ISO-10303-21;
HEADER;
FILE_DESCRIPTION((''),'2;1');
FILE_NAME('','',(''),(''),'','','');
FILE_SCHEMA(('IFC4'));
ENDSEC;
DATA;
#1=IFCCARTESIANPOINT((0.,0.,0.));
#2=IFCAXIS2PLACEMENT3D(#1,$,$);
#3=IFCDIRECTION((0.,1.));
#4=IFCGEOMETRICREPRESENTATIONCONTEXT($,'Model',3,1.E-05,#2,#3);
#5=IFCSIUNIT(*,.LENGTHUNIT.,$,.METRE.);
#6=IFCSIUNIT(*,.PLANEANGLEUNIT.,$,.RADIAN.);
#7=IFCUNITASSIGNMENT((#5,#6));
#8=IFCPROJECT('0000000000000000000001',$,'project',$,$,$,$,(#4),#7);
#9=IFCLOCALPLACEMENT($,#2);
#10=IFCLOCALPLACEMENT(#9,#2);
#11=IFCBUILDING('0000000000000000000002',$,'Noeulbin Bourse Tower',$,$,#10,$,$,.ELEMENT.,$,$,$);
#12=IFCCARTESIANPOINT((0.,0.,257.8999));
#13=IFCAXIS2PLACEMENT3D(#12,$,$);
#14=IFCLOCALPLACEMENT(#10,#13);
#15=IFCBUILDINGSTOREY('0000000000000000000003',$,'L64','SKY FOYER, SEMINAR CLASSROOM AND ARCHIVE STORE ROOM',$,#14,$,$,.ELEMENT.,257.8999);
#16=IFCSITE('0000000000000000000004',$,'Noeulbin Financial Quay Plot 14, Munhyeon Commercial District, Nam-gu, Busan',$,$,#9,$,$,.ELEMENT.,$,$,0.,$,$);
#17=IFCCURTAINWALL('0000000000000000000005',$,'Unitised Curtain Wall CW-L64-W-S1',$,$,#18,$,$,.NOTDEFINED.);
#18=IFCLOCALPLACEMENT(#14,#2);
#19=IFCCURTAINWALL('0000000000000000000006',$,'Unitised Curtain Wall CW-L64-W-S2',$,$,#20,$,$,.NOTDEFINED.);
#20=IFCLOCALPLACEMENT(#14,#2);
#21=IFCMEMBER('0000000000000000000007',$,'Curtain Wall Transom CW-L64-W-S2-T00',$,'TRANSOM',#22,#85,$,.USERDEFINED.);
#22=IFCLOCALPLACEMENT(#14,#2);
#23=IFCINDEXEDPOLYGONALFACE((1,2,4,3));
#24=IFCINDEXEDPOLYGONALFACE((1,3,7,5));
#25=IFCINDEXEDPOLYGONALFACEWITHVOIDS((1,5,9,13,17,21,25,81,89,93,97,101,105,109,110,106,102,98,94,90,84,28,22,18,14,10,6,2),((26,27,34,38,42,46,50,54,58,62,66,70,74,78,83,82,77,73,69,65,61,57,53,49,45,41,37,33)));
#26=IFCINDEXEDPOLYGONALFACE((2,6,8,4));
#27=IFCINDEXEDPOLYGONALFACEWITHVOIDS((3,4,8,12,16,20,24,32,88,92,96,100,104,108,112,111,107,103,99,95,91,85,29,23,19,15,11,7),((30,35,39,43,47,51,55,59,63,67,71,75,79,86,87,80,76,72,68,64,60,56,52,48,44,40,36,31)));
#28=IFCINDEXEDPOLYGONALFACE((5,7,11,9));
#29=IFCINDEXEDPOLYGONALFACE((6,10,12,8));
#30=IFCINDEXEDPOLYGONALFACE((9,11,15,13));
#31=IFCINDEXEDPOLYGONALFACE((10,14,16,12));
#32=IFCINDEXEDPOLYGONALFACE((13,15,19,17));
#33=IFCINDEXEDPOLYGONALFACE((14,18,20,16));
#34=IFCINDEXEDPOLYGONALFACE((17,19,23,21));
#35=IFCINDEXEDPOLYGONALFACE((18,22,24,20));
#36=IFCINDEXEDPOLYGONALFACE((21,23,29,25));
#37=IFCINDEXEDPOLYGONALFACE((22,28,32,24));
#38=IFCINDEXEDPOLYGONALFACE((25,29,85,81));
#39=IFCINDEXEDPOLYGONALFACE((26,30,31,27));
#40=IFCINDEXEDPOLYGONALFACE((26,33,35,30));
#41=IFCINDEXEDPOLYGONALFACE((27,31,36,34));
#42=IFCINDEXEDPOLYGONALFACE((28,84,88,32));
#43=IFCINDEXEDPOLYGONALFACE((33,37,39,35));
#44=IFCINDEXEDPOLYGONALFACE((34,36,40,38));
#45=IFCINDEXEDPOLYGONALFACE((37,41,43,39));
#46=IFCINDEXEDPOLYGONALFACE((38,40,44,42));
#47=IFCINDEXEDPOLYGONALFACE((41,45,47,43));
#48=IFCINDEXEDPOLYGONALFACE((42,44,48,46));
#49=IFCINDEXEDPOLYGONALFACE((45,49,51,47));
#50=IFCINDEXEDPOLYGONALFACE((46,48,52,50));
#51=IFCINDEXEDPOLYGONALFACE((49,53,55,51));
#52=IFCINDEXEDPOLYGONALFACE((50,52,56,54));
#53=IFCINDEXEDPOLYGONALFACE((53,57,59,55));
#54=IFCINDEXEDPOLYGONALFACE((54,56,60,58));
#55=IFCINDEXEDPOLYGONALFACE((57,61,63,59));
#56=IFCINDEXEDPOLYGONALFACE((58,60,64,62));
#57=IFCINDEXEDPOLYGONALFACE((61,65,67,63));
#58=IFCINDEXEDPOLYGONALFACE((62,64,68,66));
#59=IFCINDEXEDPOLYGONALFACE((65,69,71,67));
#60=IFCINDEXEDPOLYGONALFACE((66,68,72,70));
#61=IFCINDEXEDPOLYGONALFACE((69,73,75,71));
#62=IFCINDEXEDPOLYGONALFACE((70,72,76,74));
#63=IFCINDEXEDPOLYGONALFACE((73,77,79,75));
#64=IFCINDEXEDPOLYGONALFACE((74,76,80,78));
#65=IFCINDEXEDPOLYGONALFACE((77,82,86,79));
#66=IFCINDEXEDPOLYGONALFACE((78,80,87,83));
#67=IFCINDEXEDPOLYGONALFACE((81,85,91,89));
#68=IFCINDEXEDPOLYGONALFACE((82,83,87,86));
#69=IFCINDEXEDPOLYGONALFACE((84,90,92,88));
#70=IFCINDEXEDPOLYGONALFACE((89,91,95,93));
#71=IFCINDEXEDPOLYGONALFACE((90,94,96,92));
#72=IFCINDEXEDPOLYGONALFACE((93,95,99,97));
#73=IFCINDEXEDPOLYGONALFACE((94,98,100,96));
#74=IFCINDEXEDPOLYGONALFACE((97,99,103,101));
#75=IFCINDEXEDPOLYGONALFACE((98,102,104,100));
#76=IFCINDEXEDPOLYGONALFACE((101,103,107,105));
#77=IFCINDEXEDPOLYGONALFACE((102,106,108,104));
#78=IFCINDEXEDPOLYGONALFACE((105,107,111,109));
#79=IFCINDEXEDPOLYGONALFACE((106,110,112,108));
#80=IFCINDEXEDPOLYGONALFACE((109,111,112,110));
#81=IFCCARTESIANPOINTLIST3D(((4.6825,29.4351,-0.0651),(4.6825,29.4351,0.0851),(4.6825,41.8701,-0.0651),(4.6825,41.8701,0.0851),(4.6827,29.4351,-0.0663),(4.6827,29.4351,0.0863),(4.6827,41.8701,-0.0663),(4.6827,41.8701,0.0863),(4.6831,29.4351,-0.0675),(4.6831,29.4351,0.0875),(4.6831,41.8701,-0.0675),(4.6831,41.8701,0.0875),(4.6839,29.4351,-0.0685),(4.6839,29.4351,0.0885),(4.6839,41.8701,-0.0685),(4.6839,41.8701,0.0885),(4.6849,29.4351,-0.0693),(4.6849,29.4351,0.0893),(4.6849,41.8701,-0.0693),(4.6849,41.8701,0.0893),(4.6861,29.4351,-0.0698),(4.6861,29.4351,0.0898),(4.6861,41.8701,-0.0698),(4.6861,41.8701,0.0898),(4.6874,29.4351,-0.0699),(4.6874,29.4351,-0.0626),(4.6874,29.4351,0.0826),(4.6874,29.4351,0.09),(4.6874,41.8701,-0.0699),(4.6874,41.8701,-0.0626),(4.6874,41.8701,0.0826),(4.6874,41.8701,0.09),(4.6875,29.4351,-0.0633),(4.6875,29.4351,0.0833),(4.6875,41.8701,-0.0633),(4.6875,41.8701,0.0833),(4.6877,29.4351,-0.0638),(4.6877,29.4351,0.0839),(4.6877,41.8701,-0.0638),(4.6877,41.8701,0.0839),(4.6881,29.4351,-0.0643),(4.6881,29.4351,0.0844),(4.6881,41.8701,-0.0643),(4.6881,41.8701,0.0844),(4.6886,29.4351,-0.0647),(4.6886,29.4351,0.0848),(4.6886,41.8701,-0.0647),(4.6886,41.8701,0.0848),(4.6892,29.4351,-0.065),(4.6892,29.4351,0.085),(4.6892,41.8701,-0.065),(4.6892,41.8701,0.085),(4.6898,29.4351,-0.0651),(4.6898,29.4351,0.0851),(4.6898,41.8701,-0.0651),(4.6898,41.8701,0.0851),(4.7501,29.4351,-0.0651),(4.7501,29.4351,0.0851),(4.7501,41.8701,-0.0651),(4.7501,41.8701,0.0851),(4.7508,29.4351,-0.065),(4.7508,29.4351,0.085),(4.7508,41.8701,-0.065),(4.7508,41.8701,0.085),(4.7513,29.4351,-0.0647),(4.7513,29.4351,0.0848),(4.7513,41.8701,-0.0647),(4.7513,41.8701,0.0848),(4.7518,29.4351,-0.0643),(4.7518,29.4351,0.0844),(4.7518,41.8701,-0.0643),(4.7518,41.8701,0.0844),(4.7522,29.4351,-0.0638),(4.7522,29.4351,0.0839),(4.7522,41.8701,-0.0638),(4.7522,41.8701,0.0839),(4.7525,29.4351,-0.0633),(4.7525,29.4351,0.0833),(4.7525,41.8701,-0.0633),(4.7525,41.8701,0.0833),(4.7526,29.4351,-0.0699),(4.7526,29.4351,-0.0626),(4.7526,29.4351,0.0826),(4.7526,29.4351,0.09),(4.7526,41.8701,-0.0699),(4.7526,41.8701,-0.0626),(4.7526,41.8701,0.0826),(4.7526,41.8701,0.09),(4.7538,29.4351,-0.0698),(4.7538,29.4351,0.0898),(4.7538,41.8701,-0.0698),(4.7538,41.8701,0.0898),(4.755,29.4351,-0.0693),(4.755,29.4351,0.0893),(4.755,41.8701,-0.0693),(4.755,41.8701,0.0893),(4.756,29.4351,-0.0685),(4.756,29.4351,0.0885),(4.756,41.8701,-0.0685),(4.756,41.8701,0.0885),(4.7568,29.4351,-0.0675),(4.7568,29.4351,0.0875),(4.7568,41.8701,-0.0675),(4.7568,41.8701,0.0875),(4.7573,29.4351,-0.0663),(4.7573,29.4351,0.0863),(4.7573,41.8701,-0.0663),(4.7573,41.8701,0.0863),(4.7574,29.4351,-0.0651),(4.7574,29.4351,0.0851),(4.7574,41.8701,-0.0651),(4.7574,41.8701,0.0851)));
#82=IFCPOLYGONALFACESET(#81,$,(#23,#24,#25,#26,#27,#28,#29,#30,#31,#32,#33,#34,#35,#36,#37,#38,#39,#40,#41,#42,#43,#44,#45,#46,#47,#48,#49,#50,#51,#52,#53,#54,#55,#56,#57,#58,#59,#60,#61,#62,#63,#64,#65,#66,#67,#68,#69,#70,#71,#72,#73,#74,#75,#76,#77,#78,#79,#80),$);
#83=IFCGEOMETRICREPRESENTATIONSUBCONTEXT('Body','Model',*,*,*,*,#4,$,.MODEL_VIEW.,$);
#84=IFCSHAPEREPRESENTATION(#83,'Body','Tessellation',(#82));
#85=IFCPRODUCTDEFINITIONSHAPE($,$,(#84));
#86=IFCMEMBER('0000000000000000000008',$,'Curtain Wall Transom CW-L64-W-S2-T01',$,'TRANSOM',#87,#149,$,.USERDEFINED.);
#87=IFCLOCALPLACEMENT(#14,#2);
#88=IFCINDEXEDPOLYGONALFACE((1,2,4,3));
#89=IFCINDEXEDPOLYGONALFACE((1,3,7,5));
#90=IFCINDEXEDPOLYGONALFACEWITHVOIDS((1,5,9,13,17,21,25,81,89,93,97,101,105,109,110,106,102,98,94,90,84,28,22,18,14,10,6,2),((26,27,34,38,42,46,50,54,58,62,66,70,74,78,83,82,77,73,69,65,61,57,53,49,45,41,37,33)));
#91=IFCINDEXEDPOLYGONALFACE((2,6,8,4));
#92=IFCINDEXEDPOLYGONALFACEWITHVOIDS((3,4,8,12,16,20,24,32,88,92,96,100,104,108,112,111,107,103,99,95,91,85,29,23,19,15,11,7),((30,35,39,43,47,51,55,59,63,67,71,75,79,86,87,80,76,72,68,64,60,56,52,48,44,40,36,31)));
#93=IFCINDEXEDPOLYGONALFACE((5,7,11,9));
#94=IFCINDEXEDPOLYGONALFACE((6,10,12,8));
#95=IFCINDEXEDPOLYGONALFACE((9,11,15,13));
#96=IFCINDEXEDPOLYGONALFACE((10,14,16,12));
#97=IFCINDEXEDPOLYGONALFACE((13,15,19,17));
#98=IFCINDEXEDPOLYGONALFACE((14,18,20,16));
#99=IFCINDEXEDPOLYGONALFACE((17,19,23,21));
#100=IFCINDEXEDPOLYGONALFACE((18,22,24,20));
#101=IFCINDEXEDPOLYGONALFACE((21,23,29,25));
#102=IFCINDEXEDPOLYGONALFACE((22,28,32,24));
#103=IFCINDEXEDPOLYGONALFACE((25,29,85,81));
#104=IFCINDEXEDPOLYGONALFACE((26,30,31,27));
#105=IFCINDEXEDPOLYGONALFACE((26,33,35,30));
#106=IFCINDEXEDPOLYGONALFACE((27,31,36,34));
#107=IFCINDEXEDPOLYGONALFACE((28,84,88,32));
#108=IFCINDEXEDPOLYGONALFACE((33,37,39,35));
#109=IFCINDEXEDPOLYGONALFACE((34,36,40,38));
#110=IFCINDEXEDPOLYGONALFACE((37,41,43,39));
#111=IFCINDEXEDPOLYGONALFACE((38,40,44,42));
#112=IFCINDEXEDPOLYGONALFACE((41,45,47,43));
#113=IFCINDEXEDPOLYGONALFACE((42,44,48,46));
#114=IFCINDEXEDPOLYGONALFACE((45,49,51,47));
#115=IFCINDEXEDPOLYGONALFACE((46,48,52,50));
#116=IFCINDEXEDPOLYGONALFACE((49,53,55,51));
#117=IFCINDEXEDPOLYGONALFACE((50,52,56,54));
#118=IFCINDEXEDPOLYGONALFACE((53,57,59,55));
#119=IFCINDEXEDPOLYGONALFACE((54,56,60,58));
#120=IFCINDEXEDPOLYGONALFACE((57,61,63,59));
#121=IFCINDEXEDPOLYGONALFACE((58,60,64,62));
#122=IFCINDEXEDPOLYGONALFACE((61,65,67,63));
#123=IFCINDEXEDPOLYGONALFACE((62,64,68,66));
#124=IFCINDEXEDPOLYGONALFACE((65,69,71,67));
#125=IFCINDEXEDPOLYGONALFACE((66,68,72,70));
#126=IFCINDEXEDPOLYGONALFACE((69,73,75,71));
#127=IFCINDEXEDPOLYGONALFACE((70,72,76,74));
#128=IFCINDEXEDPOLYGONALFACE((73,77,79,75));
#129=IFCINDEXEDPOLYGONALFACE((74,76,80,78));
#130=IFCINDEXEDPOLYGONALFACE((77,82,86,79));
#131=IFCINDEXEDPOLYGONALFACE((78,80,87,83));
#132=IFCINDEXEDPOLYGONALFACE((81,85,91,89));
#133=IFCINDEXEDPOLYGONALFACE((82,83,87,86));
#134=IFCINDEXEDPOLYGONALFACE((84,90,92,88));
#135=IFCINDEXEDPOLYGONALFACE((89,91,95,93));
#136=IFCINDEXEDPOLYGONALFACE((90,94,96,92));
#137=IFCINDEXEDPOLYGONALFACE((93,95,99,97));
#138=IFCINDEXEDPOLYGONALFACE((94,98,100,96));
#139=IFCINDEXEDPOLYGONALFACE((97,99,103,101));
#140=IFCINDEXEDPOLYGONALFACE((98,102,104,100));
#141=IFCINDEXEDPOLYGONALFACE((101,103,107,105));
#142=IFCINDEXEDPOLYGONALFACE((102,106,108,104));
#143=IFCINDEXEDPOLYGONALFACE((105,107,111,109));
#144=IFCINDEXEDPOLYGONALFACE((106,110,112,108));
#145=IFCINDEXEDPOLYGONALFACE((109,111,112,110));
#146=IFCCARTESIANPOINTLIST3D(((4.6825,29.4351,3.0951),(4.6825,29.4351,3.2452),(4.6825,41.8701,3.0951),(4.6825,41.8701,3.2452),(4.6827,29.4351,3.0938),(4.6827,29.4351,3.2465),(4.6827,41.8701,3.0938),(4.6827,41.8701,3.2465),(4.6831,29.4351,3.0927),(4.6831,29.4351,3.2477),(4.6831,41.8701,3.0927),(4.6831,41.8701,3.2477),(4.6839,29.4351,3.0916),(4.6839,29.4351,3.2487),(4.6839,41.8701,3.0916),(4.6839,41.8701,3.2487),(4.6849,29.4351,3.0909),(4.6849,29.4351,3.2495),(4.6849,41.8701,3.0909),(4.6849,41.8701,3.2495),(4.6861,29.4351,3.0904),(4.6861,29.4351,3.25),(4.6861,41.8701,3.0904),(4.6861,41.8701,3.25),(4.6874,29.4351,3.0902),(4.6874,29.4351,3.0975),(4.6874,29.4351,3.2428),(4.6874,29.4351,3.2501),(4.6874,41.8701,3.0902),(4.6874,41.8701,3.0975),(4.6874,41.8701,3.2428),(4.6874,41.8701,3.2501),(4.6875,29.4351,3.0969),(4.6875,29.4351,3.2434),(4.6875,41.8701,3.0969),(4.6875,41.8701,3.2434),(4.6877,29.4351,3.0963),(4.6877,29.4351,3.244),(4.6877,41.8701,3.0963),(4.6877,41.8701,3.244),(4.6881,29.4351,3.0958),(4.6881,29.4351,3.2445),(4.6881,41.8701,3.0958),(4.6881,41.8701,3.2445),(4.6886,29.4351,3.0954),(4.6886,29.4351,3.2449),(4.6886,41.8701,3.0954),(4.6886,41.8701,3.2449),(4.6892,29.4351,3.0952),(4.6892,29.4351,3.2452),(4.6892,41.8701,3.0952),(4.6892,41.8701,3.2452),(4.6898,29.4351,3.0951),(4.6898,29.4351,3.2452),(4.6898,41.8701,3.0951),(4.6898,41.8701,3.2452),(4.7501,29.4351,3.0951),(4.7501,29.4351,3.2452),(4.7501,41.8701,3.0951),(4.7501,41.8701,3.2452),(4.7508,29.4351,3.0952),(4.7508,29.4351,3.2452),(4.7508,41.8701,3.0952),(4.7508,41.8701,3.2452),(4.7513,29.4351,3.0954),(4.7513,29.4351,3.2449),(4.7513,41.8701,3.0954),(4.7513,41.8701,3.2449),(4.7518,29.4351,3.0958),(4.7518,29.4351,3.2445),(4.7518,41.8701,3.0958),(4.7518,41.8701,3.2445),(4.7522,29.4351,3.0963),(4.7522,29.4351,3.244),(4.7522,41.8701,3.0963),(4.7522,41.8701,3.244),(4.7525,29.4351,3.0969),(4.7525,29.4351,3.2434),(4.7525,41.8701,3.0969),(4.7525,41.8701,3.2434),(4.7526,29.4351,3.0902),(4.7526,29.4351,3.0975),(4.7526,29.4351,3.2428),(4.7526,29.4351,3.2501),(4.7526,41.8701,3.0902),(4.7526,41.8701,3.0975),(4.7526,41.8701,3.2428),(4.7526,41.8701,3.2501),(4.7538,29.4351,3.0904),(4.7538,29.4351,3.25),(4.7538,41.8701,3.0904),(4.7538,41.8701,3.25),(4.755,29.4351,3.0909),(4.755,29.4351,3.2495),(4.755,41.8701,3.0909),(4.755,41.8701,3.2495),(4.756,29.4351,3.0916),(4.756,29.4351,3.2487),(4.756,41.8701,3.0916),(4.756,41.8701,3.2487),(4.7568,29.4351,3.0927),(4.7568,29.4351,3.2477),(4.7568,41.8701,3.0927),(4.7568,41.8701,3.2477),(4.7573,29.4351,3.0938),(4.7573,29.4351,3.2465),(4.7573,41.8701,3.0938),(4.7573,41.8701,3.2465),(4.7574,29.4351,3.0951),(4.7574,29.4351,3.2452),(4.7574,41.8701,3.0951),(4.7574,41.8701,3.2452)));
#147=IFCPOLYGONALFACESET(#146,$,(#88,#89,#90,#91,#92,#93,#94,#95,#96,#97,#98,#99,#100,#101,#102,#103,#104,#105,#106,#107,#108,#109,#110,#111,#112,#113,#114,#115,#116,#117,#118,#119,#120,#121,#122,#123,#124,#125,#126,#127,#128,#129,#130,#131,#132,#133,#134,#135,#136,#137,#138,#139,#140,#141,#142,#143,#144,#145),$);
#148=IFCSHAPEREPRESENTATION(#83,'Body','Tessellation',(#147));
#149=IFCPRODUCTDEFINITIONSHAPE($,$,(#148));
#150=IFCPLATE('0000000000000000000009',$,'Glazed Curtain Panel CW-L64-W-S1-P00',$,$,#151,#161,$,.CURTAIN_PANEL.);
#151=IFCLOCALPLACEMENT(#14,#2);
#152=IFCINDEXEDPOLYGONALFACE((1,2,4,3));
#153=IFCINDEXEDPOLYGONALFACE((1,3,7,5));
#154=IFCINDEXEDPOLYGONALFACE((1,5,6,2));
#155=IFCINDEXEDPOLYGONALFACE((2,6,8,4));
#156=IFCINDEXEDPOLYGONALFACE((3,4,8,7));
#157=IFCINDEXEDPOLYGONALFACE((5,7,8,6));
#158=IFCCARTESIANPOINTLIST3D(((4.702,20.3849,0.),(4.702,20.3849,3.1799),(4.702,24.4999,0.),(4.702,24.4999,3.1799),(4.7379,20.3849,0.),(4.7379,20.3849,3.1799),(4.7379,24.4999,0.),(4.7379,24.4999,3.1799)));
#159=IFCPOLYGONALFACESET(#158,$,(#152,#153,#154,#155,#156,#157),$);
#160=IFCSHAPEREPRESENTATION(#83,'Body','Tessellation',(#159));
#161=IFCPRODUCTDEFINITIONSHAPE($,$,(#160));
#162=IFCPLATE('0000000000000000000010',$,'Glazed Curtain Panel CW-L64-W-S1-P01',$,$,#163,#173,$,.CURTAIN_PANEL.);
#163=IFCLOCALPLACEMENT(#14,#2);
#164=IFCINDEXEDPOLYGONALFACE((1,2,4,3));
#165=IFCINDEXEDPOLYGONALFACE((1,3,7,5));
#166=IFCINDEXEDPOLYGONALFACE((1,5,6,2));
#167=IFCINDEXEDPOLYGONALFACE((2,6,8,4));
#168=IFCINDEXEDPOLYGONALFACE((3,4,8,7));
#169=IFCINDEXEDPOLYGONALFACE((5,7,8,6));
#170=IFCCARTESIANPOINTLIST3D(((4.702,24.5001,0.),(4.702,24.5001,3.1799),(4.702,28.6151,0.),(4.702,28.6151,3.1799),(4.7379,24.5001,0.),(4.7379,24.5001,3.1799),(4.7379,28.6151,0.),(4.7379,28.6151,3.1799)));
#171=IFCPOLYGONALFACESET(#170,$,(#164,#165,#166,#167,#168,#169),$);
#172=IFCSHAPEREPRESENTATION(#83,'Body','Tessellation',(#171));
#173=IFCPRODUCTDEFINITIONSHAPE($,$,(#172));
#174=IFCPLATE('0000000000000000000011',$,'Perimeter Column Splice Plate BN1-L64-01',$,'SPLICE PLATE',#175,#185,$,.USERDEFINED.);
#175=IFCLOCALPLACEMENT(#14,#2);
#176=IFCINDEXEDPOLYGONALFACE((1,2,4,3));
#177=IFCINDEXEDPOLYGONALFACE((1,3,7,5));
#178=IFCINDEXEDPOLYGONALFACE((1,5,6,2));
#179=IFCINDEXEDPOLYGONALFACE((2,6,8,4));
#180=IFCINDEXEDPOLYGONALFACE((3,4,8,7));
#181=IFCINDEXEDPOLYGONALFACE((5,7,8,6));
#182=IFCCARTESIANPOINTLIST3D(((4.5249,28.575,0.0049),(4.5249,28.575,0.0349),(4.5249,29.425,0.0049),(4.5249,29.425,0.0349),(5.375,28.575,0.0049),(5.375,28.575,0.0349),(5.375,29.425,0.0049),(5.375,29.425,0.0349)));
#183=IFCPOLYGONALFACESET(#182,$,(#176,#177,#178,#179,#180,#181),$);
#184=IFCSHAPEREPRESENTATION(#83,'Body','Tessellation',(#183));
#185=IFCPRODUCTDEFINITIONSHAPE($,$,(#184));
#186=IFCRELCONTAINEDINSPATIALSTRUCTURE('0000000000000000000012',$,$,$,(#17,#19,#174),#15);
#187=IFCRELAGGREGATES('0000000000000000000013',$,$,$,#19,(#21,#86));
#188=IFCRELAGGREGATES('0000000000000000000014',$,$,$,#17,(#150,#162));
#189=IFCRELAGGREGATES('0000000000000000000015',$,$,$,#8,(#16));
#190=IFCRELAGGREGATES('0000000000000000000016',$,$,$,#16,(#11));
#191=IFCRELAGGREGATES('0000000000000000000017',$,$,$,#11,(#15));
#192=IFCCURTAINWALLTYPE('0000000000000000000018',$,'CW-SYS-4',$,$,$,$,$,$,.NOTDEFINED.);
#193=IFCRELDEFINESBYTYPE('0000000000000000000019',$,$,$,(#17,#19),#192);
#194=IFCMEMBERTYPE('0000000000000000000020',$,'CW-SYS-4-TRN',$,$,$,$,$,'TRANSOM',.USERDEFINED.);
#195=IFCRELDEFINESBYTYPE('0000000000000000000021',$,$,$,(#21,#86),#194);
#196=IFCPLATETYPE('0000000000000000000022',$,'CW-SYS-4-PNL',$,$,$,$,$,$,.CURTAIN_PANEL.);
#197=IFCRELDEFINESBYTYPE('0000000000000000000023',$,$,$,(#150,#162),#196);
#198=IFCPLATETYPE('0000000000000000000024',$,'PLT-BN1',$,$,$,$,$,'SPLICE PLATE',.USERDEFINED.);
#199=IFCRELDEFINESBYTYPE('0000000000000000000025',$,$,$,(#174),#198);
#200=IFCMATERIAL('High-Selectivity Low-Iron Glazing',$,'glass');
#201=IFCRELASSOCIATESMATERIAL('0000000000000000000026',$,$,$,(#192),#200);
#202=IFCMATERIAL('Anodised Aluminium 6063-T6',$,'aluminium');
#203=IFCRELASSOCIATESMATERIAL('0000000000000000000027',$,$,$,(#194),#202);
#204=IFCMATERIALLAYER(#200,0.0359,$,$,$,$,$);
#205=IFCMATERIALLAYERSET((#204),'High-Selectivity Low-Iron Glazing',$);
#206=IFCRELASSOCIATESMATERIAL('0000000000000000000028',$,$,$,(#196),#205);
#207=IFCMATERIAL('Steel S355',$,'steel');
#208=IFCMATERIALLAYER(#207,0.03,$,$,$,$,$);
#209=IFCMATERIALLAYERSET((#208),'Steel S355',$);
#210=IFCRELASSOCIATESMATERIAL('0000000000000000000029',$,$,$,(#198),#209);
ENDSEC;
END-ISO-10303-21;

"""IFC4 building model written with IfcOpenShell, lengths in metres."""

from ifc_helpers import new_model, si_unit, direction, frame, origin, origin_2d, place, context, subcontext, project, spatial, rectangle, hollow_rectangle, extrude, material, layer, layer_set, material_profile, profile_set, type_object, element, aggregate, save


model = new_model("IFC4")

# Units and contexts
model_context = context("Model", 3, precision=1e-05, world=origin(), true_north=direction((0.0, 1.0)))
body_context = subcontext(model_context, "Body", "Model", "MODEL_VIEW")
ifc_project = project(units=[si_unit("LENGTHUNIT", "METRE"), si_unit("PLANEANGLEUNIT", "RADIAN")], contexts=[model_context])

# Site, building, storey
site_placement = place(None, origin())
site = spatial("IfcSite", under=ifc_project, at=site_placement, Name="Noeulbin Financial Quay Plot 14, Munhyeon Commercial District, Nam-gu, Busan", CompositionType="ELEMENT", RefElevation=0.0)
building_placement = place(site_placement, origin())
building = spatial("IfcBuilding", under=site, at=building_placement, Name="Noeulbin Bourse Tower", CompositionType="ELEMENT")
storey_placement = place(building_placement, frame((0.0, 0.0, 257.8999)))
storey = spatial("IfcBuildingStorey", under=building, at=storey_placement, Name="L64", Description="SKY FOYER, SEMINAR CLASSROOM AND ARCHIVE STORE ROOM", CompositionType="ELEMENT", Elevation=257.8999)

# Shared definitions
ifc_material_1 = material(Name="Steel S355", Category="steel")

# Curtain wall
ifc_material_2 = material(Name="High-Selectivity Low-Iron Glazing", Category="glass")
curtain_wall_type = type_object("IfcCurtainWallType", Name="CW-SYS-4", PredefinedType="NOTDEFINED", material=ifc_material_2)
curtain_wall_1_placement = place(storey_placement, origin())
curtain_wall_1 = element("IfcCurtainWall", 1, at=curtain_wall_1_placement, inside=storey, type_object=curtain_wall_type, Name="Unitised Curtain Wall CW-L64-W-S1", PredefinedType="NOTDEFINED")
ifc_material_3 = material(Name="Anodised Aluminium 6063-T6", Category="aluminium")

# Curtain wall
curtain_wall_2_placement = place(storey_placement, origin())
curtain_wall_2 = element("IfcCurtainWall", 2, at=curtain_wall_2_placement, inside=storey, type_object=curtain_wall_type, Name="Unitised Curtain Wall CW-L64-W-S2", PredefinedType="NOTDEFINED")

# Members
ifc_material_profile_1 = material_profile(ifc_material_3, hollow_rectangle(XDim=0.075, YDim=0.1599, WallThickness=0.0049, InnerFilletRadius=0.0024, OuterFilletRadius=0.0049, at=origin_2d()), Name="ALU-TRAN-75x160x5", Category="LoadBearing")
ifc_profile_set_1 = profile_set([ifc_material_profile_1], Name="Anodised Aluminium 6063-T6")
member_type_1 = type_object("IfcMemberType", Name="CW-SYS-4-TRN", ElementType="TRANSOM", PredefinedType="USERDEFINED", material=ifc_profile_set_1)
member_1_placement = place(storey_placement, frame((4.72, 29.4351, 0.01), z_axis=(0.0, 1.0, 0.0), x_axis=(-1.0, 0.0, 0.0)))
member_1 = element("IfcMember", 3, at=member_1_placement, type_object=member_type_1, Name="Curtain Wall Transom CW-L64-W-S2-T00", ObjectType="TRANSOM", PredefinedType="USERDEFINED", context=body_context, shape_type="SweptSolid", body=[
    extrude(hollow_rectangle(XDim=0.075, YDim=0.1599, WallThickness=0.0049, InnerFilletRadius=0.0024, OuterFilletRadius=0.0049, at=origin_2d()), origin(), (0.0, 0.0, 1.0), 12.4351),
])
member_2_placement = place(storey_placement, frame((4.72, 29.4351, 3.1702), z_axis=(0.0, 1.0, 0.0), x_axis=(-1.0, 0.0, 0.0)))
member_2 = element("IfcMember", 4, at=member_2_placement, type_object=member_type_1, Name="Curtain Wall Transom CW-L64-W-S2-T01", ObjectType="TRANSOM", PredefinedType="USERDEFINED", context=body_context, shape_type="SweptSolid", body=[
    extrude(hollow_rectangle(XDim=0.075, YDim=0.1599, WallThickness=0.0049, InnerFilletRadius=0.0024, OuterFilletRadius=0.0049, at=origin_2d()), origin(), (0.0, 0.0, 1.0), 12.4351),
])
aggregate(curtain_wall_2, [member_1, member_2])

# Plates
ifc_layer_1 = layer(ifc_material_2, 0.0359)
ifc_layer_set_1 = layer_set([ifc_layer_1], Name="High-Selectivity Low-Iron Glazing")
plate_type_1 = type_object("IfcPlateType", Name="CW-SYS-4-PNL", PredefinedType="CURTAIN_PANEL", material=ifc_layer_set_1)
plate_1_placement = place(storey_placement, frame((4.72, 22.4424, 0.0), z_axis=(0.0, 0.0, 1.0), x_axis=(0.0, 1.0, 0.0)))
plate_1 = element("IfcPlate", 5, at=plate_1_placement, type_object=plate_type_1, Name="Glazed Curtain Panel CW-L64-W-S1-P00", PredefinedType="CURTAIN_PANEL", context=body_context, shape_type="SweptSolid", body=[
    extrude(rectangle(XDim=4.115, YDim=0.0359, at=origin_2d()), origin(), (0.0, 0.0, 1.0), 3.1799),
])
plate_2_placement = place(storey_placement, frame((4.72, 26.5576, 0.0), z_axis=(0.0, 0.0, 1.0), x_axis=(0.0, 1.0, 0.0)))
plate_2 = element("IfcPlate", 6, at=plate_2_placement, type_object=plate_type_1, Name="Glazed Curtain Panel CW-L64-W-S1-P01", PredefinedType="CURTAIN_PANEL", context=body_context, shape_type="SweptSolid", body=[
    extrude(rectangle(XDim=4.115, YDim=0.0359, at=origin_2d()), origin(), (0.0, 0.0, 1.0), 3.1799),
])
aggregate(curtain_wall_1, [plate_1, plate_2])
ifc_layer_2 = layer(ifc_material_1, 0.03)
ifc_layer_set_2 = layer_set([ifc_layer_2], Name="Steel S355")
plate_type_2 = type_object("IfcPlateType", Name="PLT-BN1", ElementType="SPLICE PLATE", PredefinedType="USERDEFINED", material=ifc_layer_set_2)
plate_3_placement = place(storey_placement, frame((4.95, 29.0, 0.0049), z_axis=(0.0, 0.0, 1.0), x_axis=(1.0, 0.0, 0.0)))
element("IfcPlate", 7, at=plate_3_placement, inside=storey, type_object=plate_type_2, Name="Perimeter Column Splice Plate BN1-L64-01", ObjectType="SPLICE PLATE", PredefinedType="USERDEFINED", context=body_context, shape_type="SweptSolid", body=[
    extrude(rectangle(XDim=0.8501, YDim=0.8501, at=origin_2d()), origin(), (0.0, 0.0, 1.0), 0.03),
])

save(model, "model.ifc")
